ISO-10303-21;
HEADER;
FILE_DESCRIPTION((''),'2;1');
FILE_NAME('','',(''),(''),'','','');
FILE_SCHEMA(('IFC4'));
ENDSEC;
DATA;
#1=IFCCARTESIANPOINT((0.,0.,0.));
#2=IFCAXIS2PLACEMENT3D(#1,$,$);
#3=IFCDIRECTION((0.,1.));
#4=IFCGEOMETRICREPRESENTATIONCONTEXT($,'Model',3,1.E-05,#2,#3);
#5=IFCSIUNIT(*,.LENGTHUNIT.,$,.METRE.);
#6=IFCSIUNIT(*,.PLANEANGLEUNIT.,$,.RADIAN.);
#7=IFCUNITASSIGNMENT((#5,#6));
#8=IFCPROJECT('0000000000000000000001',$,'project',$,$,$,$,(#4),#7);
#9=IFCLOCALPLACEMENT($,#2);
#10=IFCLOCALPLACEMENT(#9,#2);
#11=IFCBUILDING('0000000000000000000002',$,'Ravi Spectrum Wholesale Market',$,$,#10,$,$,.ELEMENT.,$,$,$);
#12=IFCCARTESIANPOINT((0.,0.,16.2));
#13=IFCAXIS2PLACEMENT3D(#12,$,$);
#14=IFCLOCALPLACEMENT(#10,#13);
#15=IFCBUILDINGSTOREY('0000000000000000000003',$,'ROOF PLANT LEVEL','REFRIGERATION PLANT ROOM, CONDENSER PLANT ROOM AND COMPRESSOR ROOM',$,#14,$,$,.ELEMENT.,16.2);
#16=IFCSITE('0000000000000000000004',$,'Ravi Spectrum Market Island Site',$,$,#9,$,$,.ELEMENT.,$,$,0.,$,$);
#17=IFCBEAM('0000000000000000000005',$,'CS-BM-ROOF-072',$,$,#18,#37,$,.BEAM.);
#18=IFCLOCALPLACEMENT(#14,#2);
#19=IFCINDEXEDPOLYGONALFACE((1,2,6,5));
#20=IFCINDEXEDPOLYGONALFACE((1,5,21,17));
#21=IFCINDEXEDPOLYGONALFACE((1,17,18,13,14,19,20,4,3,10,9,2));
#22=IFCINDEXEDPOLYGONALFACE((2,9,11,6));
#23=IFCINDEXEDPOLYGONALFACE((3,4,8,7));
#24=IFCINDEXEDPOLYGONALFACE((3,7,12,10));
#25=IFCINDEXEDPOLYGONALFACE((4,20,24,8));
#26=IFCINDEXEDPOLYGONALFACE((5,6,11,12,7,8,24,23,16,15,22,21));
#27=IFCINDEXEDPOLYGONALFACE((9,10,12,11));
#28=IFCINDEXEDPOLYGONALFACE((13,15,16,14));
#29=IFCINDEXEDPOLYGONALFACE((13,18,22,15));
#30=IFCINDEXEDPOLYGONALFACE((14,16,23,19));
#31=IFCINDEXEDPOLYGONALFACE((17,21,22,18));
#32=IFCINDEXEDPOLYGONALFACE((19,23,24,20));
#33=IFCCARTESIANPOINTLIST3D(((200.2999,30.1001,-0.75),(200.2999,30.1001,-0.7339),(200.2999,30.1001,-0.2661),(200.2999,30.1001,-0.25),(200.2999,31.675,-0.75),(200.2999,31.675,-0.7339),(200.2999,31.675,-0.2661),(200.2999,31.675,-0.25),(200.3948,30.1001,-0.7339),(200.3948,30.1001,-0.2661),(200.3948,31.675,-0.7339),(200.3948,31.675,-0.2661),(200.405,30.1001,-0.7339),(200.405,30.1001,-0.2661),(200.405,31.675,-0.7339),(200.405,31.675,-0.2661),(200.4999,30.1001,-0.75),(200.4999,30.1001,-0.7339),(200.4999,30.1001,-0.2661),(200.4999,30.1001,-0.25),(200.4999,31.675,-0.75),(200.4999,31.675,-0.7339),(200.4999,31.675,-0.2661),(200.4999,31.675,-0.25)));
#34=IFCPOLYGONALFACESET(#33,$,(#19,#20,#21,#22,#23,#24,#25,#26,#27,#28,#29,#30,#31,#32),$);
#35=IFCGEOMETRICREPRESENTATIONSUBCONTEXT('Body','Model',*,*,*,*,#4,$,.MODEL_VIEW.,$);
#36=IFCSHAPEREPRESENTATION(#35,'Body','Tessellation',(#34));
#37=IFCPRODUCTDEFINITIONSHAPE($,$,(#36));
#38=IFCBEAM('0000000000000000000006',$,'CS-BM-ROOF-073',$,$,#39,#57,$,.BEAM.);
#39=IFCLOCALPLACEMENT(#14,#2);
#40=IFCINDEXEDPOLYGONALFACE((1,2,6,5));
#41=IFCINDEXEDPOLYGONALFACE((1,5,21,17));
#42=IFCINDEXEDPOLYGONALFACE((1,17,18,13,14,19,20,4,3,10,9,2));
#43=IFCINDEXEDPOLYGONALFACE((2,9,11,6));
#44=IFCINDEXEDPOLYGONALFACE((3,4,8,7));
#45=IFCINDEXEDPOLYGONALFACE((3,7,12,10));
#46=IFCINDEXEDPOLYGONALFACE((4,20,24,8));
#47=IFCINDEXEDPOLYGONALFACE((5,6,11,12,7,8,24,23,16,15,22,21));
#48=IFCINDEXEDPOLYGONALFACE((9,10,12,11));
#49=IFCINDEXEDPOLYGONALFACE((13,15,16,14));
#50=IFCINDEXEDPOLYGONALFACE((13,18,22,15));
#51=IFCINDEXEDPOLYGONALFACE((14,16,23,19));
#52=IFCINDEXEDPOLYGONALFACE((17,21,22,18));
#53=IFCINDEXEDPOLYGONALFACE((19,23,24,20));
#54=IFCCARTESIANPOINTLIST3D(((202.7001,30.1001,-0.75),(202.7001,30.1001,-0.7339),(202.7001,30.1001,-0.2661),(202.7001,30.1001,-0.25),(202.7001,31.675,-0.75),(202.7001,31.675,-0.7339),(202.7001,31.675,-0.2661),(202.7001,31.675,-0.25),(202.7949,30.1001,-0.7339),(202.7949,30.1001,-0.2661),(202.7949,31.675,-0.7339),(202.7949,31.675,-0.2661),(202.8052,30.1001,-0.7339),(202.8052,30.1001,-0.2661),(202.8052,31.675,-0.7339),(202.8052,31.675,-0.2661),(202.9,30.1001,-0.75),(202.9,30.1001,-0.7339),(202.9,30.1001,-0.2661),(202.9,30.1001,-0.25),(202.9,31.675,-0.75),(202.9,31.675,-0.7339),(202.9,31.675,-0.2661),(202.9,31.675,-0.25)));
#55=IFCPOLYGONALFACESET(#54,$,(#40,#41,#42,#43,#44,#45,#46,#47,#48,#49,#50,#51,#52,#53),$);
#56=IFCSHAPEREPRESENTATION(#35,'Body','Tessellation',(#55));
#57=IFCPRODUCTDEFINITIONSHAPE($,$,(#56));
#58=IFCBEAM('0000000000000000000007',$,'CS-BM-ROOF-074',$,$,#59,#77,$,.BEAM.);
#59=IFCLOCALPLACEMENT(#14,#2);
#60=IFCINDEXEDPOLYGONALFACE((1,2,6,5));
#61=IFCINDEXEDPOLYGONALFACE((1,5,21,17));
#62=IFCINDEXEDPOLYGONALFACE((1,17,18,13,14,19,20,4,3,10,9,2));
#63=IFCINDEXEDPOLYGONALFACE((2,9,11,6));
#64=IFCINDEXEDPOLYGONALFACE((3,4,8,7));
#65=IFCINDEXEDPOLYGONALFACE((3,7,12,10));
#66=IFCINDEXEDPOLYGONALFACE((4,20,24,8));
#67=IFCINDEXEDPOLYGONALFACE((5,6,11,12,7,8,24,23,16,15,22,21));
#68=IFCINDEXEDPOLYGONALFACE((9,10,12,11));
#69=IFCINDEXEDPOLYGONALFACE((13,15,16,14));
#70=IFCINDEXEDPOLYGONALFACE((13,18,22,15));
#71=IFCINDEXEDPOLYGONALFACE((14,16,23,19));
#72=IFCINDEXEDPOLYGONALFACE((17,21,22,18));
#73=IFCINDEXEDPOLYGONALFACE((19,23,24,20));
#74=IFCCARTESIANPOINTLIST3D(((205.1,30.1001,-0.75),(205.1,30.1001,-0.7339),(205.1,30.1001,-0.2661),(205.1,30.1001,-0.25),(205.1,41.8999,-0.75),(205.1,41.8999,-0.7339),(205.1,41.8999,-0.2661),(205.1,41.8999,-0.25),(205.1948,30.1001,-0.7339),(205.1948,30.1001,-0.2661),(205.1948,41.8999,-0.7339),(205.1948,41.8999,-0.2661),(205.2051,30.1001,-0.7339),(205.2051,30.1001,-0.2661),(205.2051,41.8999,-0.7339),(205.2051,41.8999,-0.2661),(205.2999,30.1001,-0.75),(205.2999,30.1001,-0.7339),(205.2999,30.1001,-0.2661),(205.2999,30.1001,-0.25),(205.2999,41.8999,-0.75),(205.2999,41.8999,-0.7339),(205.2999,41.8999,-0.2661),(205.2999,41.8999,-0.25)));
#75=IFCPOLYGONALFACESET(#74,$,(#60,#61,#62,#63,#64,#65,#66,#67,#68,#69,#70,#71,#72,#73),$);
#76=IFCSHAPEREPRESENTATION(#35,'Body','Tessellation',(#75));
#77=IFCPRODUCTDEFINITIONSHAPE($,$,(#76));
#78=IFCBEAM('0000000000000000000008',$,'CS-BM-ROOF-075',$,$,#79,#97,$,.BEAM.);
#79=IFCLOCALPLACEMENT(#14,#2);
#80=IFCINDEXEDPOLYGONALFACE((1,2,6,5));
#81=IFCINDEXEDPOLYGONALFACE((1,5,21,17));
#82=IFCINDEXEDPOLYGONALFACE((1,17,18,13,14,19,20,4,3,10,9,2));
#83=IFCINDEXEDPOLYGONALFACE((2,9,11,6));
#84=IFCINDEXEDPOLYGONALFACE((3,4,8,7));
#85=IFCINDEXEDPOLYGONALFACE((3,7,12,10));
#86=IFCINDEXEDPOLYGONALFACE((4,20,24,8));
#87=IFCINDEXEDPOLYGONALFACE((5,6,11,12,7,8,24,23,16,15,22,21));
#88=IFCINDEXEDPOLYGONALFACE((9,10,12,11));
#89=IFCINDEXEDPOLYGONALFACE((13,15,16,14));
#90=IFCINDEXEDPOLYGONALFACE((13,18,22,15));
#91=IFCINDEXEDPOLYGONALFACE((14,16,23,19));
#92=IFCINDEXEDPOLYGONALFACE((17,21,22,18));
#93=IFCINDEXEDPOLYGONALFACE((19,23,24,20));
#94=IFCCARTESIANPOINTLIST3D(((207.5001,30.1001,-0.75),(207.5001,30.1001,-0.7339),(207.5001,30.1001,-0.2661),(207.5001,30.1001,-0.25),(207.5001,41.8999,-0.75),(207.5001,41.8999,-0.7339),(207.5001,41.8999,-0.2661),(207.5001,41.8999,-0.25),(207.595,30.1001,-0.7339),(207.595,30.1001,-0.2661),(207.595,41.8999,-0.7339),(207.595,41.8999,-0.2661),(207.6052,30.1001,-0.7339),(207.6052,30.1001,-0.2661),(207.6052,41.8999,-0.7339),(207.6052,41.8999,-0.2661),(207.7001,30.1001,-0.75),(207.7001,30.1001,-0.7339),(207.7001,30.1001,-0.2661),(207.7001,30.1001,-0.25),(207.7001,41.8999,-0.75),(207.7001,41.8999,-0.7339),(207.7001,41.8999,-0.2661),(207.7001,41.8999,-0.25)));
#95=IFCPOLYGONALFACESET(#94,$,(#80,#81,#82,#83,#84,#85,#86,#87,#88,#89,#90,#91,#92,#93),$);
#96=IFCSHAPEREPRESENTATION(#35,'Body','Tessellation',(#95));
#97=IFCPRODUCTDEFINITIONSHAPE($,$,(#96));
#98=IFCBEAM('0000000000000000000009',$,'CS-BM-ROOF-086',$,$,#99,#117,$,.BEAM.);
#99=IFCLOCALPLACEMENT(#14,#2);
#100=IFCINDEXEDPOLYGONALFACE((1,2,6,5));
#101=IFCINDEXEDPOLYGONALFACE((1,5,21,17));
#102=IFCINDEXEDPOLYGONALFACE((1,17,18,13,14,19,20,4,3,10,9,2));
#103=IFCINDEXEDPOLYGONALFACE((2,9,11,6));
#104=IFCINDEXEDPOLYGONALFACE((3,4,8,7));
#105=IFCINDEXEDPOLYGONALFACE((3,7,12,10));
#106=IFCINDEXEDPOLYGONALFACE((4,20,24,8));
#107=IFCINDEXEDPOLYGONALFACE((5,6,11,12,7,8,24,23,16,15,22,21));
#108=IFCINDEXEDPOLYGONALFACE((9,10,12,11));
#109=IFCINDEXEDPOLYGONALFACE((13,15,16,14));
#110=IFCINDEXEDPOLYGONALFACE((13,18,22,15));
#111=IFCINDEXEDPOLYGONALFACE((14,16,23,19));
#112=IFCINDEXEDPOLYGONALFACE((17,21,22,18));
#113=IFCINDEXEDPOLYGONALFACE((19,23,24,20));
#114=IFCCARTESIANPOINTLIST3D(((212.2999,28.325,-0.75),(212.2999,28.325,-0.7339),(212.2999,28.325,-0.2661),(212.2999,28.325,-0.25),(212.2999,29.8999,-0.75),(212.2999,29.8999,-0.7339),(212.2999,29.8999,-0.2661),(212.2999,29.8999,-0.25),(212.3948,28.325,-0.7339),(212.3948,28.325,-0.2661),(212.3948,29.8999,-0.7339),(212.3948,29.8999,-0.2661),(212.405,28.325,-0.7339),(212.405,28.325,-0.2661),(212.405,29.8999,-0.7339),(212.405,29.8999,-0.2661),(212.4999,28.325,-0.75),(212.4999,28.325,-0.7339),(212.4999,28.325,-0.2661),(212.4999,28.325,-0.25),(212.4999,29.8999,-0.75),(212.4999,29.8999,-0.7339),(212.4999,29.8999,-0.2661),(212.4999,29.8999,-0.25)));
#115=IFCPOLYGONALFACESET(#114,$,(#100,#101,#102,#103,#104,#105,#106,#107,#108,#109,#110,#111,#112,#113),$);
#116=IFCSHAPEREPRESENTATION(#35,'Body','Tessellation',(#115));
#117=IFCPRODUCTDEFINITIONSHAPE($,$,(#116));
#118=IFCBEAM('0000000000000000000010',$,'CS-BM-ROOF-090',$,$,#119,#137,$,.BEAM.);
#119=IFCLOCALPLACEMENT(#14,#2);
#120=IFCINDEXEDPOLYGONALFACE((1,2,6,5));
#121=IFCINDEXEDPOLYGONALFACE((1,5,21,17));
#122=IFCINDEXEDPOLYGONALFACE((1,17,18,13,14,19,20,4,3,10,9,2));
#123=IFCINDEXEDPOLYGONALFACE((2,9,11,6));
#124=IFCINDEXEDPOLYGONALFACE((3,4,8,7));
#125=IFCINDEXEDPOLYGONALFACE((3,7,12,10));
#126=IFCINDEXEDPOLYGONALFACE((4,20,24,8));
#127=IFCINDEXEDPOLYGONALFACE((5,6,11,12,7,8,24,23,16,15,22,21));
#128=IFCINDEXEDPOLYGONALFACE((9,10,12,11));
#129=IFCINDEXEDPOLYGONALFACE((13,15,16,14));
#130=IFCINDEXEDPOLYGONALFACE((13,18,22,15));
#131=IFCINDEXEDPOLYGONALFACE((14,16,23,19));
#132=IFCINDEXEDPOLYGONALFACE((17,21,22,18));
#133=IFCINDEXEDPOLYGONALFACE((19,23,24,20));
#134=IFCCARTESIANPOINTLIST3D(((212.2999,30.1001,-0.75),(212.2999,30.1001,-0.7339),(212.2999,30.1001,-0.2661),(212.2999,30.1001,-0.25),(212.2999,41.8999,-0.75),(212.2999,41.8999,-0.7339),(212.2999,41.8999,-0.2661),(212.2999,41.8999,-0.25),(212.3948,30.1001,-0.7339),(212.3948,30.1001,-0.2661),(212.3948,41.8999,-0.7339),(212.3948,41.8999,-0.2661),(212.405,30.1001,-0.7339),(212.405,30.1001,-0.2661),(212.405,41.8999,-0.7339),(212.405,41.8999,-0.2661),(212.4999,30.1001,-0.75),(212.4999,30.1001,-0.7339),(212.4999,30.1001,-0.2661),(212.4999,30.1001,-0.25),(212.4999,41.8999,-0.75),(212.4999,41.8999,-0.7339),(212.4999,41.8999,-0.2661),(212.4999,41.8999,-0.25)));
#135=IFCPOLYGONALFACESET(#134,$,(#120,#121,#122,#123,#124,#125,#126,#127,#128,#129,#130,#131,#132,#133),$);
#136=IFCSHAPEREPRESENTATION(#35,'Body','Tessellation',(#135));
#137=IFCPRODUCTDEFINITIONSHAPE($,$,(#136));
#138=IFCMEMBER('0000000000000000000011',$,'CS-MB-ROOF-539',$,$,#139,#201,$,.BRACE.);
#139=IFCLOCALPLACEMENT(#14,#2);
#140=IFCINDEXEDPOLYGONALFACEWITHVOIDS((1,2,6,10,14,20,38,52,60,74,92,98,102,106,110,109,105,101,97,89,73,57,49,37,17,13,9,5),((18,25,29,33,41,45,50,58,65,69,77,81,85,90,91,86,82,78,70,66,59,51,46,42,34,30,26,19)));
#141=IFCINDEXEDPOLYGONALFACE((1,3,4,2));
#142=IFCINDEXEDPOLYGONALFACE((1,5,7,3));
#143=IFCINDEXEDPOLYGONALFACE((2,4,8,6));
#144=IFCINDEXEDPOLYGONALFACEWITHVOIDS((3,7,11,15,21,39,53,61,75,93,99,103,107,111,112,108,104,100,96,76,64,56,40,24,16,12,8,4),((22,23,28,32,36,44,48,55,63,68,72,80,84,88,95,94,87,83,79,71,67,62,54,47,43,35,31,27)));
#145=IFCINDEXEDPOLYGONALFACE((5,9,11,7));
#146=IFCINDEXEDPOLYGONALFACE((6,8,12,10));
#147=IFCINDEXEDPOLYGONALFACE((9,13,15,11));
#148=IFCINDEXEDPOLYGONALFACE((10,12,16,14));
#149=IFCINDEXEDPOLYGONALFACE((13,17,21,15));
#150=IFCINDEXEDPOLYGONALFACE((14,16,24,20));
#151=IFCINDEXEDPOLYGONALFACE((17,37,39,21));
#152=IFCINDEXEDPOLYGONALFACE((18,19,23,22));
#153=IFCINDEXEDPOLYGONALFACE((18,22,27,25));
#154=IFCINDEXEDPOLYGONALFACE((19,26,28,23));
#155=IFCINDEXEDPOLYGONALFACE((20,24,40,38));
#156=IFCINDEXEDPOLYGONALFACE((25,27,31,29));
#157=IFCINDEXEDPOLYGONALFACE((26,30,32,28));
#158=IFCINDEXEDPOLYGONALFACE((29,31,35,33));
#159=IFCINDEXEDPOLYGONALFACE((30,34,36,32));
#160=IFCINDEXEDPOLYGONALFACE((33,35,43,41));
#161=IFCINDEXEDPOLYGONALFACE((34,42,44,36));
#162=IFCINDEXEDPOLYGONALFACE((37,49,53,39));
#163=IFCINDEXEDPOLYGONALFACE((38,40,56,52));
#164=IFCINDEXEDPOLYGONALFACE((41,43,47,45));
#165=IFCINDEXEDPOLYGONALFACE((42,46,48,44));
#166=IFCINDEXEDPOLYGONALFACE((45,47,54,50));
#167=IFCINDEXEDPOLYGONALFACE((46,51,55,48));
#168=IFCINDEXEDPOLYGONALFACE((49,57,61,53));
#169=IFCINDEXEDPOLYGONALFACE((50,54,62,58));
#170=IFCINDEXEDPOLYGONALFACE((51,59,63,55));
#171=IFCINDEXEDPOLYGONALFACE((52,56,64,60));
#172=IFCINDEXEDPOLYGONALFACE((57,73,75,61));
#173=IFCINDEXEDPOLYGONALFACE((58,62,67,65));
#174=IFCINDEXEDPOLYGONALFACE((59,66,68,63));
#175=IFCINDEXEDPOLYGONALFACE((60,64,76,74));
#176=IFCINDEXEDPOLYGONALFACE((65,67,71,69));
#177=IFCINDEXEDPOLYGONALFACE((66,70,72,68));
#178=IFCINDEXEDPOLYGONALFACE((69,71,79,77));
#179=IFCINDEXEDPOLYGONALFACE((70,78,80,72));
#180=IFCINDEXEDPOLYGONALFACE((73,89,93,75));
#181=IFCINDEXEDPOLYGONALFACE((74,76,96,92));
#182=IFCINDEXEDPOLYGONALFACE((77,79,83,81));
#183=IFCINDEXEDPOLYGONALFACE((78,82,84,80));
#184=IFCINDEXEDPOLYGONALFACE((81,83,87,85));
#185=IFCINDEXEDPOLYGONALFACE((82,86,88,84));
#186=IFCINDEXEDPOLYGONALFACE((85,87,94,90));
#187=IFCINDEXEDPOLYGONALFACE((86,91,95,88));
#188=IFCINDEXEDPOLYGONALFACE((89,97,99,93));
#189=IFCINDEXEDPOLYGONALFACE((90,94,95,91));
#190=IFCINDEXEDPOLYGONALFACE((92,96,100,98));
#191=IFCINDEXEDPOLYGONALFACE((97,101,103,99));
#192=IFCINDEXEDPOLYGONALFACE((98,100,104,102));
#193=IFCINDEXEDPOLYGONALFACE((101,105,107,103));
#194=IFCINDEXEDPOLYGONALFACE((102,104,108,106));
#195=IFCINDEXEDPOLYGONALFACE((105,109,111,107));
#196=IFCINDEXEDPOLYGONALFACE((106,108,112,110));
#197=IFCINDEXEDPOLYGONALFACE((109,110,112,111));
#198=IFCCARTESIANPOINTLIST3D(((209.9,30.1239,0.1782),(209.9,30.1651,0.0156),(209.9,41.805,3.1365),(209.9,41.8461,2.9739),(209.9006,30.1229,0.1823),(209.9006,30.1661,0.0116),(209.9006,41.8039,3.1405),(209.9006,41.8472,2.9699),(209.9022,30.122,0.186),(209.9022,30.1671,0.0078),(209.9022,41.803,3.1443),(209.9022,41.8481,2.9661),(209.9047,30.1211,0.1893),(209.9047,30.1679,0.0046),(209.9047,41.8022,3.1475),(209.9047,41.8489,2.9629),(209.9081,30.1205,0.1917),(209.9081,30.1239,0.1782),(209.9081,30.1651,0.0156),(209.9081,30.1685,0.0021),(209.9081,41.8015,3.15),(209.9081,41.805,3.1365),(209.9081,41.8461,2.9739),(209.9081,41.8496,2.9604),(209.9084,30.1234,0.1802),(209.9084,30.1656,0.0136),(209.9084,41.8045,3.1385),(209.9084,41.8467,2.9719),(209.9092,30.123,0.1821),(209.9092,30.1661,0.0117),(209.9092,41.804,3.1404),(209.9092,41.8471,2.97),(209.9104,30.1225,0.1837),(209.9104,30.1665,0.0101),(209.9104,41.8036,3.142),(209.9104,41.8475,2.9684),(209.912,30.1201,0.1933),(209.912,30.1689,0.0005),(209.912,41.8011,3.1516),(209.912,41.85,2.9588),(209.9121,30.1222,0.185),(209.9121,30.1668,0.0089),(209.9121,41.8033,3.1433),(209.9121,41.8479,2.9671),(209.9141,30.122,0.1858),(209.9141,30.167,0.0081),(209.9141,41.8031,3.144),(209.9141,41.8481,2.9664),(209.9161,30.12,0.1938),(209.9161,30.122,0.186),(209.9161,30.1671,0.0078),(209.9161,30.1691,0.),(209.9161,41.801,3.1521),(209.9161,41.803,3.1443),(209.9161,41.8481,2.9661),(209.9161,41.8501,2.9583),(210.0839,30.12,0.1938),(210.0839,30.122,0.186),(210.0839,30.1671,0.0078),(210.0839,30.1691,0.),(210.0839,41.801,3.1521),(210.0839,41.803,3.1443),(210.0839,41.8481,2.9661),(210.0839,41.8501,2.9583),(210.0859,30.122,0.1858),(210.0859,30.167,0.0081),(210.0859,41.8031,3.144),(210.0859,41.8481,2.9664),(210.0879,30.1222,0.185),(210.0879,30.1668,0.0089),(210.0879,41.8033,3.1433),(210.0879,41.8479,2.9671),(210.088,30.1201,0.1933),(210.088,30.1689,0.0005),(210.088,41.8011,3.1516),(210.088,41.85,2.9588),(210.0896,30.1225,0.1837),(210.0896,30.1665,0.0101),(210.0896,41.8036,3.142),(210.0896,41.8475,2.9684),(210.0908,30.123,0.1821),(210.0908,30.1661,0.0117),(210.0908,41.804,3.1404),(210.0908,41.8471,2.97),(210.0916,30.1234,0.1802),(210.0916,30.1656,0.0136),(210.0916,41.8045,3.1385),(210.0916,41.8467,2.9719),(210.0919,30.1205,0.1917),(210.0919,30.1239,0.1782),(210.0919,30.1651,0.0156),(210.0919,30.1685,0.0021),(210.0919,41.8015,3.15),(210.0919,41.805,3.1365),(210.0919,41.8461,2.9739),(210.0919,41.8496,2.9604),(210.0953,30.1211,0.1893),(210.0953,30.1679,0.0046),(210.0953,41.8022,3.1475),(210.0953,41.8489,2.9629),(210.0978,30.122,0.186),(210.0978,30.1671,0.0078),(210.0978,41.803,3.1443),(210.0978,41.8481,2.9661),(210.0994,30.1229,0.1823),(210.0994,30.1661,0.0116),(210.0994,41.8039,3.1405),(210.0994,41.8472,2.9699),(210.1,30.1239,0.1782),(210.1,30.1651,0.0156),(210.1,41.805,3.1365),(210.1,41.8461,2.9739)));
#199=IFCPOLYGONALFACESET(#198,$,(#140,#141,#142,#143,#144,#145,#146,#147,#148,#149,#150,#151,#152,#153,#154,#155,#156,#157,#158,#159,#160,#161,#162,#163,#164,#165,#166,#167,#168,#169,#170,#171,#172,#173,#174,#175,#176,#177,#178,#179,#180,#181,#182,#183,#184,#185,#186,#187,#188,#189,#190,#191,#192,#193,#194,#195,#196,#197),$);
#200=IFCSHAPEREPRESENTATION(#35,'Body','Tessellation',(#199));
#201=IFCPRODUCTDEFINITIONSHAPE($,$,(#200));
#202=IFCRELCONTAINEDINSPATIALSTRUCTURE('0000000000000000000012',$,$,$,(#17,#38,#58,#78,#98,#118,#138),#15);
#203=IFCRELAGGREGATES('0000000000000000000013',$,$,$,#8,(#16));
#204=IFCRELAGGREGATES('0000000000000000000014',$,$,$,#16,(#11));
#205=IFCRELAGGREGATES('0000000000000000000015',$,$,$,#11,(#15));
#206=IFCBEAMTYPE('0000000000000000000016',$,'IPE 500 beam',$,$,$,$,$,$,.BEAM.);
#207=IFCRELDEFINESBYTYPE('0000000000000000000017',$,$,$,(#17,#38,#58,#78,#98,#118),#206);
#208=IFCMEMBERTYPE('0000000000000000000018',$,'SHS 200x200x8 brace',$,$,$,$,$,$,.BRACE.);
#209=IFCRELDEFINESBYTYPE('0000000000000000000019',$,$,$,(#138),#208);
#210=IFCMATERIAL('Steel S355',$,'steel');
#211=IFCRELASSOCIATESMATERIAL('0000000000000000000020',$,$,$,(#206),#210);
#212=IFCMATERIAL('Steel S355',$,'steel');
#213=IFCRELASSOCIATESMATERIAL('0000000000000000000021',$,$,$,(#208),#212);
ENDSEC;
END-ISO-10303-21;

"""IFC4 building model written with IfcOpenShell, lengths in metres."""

from ifc_helpers import new_model, si_unit, direction, frame, origin, origin_2d, place, context, subcontext, project, spatial, hollow_rectangle, i_section, extrude, material, material_profile, profile_set, type_object, element, save


model = new_model("IFC4")

# Units and contexts
model_context = context("Model", 3, precision=1e-05, world=origin(), true_north=direction((0.0, 1.0)))
body_context = subcontext(model_context, "Body", "Model", "MODEL_VIEW")
ifc_project = project(units=[si_unit("LENGTHUNIT", "METRE"), si_unit("PLANEANGLEUNIT", "RADIAN")], contexts=[model_context])

# Site, building, storey
site_placement = place(None, origin())
site = spatial("IfcSite", under=ifc_project, at=site_placement, Name="Ravi Spectrum Market Island Site", CompositionType="ELEMENT", RefElevation=0.0)
building_placement = place(site_placement, origin())
building = spatial("IfcBuilding", under=site, at=building_placement, Name="Ravi Spectrum Wholesale Market", CompositionType="ELEMENT")
storey_placement = place(building_placement, frame((0.0, 0.0, 16.2)))
storey = spatial("IfcBuildingStorey", under=building, at=storey_placement, Name="ROOF PLANT LEVEL", Description="REFRIGERATION PLANT ROOM, CONDENSER PLANT ROOM AND COMPRESSOR ROOM", CompositionType="ELEMENT", Elevation=16.2)

# Beams
ifc_material_1 = material(Name="Steel S355", Category="steel")
ifc_material_profile_1 = material_profile(ifc_material_1, i_section(OverallWidth=0.2, OverallDepth=0.5, WebThickness=0.0103, FlangeThickness=0.0161, at=origin_2d()))
ifc_profile_set_1 = profile_set([ifc_material_profile_1], Name="Steel S355")
beam_type_1 = type_object("IfcBeamType", Name="IPE 500 beam", PredefinedType="BEAM", material=ifc_profile_set_1)
for number, where, z_axis, x_axis, name in (
    (1, (200.3999, 30.1001, -0.5), (0.0, 1.0, 0.0), (-1.0, 0.0, 0.0), "CS-BM-ROOF-072"),
    (2, (202.8, 30.1001, -0.5), (0.0, 1.0, 0.0), (-1.0, 0.0, 0.0), "CS-BM-ROOF-073"),
):
    element("IfcBeam", number, at=place(storey_placement, frame(where, z_axis=z_axis, x_axis=x_axis)), inside=storey, type_object=beam_type_1, Name=name, PredefinedType="BEAM", context=body_context, shape_type="SweptSolid", body=[
        extrude(i_section(OverallWidth=0.2, OverallDepth=0.5, WebThickness=0.0103, FlangeThickness=0.0161, at=origin_2d()), origin(), (0.0, 0.0, 1.0), 1.575),
    ])
for number, where, z_axis, x_axis, name in (
    (3, (205.2, 30.1001, -0.5), (0.0, 1.0, 0.0), (-1.0, 0.0, 0.0), "CS-BM-ROOF-074"),
    (4, (207.6001, 30.1001, -0.5), (0.0, 1.0, 0.0), (-1.0, 0.0, 0.0), "CS-BM-ROOF-075"),
):
    element("IfcBeam", number, at=place(storey_placement, frame(where, z_axis=z_axis, x_axis=x_axis)), inside=storey, type_object=beam_type_1, Name=name, PredefinedType="BEAM", context=body_context, shape_type="SweptSolid", body=[
        extrude(i_section(OverallWidth=0.2, OverallDepth=0.5, WebThickness=0.0103, FlangeThickness=0.0161, at=origin_2d()), origin(), (0.0, 0.0, 1.0), 11.7998),
    ])
beam_1_placement = place(storey_placement, frame((212.3999, 28.325, -0.5), z_axis=(0.0, 1.0, 0.0), x_axis=(-1.0, 0.0, 0.0)))
element("IfcBeam", 5, at=beam_1_placement, inside=storey, type_object=beam_type_1, Name="CS-BM-ROOF-086", PredefinedType="BEAM", context=body_context, shape_type="SweptSolid", body=[
    extrude(i_section(OverallWidth=0.2, OverallDepth=0.5, WebThickness=0.0103, FlangeThickness=0.0161, at=origin_2d()), origin(), (0.0, 0.0, 1.0), 1.575),
])
beam_2_placement = place(storey_placement, frame((212.3999, 30.1001, -0.5), z_axis=(0.0, 1.0, 0.0), x_axis=(-1.0, 0.0, 0.0)))
element("IfcBeam", 6, at=beam_2_placement, inside=storey, type_object=beam_type_1, Name="CS-BM-ROOF-090", PredefinedType="BEAM", context=body_context, shape_type="SweptSolid", body=[
    extrude(i_section(OverallWidth=0.2, OverallDepth=0.5, WebThickness=0.0103, FlangeThickness=0.0161, at=origin_2d()), origin(), (0.0, 0.0, 1.0), 11.7998),
])

# Member
ifc_material_2 = material(Name="Steel S355", Category="steel")
ifc_material_profile_2 = material_profile(ifc_material_2, hollow_rectangle(XDim=0.2, YDim=0.2, WallThickness=0.0081, InnerFilletRadius=0.0081, OuterFilletRadius=0.0161, at=origin_2d()))
ifc_profile_set_2 = profile_set([ifc_material_profile_2], Name="Steel S355")
member_type_1 = type_object("IfcMemberType", Name="SHS 200x200x8 brace", PredefinedType="BRACE", material=ifc_profile_set_2)
member_1_placement = place(storey_placement, frame((210.0, 30.1445, 0.0969), z_axis=(0.0, 0.969395, 0.245505), x_axis=(-1.0, 0.0, 0.0)))
element("IfcMember", 7, at=member_1_placement, inside=storey, type_object=member_type_1, Name="CS-MB-ROOF-539", PredefinedType="BRACE", context=body_context, shape_type="SweptSolid", body=[
    extrude(hollow_rectangle(XDim=0.2, YDim=0.2, WallThickness=0.0081, InnerFilletRadius=0.0081, OuterFilletRadius=0.0161, at=origin_2d()), origin(), (0.0, 0.0, 1.0), 12.0498),
])

save(model, "model.ifc")
